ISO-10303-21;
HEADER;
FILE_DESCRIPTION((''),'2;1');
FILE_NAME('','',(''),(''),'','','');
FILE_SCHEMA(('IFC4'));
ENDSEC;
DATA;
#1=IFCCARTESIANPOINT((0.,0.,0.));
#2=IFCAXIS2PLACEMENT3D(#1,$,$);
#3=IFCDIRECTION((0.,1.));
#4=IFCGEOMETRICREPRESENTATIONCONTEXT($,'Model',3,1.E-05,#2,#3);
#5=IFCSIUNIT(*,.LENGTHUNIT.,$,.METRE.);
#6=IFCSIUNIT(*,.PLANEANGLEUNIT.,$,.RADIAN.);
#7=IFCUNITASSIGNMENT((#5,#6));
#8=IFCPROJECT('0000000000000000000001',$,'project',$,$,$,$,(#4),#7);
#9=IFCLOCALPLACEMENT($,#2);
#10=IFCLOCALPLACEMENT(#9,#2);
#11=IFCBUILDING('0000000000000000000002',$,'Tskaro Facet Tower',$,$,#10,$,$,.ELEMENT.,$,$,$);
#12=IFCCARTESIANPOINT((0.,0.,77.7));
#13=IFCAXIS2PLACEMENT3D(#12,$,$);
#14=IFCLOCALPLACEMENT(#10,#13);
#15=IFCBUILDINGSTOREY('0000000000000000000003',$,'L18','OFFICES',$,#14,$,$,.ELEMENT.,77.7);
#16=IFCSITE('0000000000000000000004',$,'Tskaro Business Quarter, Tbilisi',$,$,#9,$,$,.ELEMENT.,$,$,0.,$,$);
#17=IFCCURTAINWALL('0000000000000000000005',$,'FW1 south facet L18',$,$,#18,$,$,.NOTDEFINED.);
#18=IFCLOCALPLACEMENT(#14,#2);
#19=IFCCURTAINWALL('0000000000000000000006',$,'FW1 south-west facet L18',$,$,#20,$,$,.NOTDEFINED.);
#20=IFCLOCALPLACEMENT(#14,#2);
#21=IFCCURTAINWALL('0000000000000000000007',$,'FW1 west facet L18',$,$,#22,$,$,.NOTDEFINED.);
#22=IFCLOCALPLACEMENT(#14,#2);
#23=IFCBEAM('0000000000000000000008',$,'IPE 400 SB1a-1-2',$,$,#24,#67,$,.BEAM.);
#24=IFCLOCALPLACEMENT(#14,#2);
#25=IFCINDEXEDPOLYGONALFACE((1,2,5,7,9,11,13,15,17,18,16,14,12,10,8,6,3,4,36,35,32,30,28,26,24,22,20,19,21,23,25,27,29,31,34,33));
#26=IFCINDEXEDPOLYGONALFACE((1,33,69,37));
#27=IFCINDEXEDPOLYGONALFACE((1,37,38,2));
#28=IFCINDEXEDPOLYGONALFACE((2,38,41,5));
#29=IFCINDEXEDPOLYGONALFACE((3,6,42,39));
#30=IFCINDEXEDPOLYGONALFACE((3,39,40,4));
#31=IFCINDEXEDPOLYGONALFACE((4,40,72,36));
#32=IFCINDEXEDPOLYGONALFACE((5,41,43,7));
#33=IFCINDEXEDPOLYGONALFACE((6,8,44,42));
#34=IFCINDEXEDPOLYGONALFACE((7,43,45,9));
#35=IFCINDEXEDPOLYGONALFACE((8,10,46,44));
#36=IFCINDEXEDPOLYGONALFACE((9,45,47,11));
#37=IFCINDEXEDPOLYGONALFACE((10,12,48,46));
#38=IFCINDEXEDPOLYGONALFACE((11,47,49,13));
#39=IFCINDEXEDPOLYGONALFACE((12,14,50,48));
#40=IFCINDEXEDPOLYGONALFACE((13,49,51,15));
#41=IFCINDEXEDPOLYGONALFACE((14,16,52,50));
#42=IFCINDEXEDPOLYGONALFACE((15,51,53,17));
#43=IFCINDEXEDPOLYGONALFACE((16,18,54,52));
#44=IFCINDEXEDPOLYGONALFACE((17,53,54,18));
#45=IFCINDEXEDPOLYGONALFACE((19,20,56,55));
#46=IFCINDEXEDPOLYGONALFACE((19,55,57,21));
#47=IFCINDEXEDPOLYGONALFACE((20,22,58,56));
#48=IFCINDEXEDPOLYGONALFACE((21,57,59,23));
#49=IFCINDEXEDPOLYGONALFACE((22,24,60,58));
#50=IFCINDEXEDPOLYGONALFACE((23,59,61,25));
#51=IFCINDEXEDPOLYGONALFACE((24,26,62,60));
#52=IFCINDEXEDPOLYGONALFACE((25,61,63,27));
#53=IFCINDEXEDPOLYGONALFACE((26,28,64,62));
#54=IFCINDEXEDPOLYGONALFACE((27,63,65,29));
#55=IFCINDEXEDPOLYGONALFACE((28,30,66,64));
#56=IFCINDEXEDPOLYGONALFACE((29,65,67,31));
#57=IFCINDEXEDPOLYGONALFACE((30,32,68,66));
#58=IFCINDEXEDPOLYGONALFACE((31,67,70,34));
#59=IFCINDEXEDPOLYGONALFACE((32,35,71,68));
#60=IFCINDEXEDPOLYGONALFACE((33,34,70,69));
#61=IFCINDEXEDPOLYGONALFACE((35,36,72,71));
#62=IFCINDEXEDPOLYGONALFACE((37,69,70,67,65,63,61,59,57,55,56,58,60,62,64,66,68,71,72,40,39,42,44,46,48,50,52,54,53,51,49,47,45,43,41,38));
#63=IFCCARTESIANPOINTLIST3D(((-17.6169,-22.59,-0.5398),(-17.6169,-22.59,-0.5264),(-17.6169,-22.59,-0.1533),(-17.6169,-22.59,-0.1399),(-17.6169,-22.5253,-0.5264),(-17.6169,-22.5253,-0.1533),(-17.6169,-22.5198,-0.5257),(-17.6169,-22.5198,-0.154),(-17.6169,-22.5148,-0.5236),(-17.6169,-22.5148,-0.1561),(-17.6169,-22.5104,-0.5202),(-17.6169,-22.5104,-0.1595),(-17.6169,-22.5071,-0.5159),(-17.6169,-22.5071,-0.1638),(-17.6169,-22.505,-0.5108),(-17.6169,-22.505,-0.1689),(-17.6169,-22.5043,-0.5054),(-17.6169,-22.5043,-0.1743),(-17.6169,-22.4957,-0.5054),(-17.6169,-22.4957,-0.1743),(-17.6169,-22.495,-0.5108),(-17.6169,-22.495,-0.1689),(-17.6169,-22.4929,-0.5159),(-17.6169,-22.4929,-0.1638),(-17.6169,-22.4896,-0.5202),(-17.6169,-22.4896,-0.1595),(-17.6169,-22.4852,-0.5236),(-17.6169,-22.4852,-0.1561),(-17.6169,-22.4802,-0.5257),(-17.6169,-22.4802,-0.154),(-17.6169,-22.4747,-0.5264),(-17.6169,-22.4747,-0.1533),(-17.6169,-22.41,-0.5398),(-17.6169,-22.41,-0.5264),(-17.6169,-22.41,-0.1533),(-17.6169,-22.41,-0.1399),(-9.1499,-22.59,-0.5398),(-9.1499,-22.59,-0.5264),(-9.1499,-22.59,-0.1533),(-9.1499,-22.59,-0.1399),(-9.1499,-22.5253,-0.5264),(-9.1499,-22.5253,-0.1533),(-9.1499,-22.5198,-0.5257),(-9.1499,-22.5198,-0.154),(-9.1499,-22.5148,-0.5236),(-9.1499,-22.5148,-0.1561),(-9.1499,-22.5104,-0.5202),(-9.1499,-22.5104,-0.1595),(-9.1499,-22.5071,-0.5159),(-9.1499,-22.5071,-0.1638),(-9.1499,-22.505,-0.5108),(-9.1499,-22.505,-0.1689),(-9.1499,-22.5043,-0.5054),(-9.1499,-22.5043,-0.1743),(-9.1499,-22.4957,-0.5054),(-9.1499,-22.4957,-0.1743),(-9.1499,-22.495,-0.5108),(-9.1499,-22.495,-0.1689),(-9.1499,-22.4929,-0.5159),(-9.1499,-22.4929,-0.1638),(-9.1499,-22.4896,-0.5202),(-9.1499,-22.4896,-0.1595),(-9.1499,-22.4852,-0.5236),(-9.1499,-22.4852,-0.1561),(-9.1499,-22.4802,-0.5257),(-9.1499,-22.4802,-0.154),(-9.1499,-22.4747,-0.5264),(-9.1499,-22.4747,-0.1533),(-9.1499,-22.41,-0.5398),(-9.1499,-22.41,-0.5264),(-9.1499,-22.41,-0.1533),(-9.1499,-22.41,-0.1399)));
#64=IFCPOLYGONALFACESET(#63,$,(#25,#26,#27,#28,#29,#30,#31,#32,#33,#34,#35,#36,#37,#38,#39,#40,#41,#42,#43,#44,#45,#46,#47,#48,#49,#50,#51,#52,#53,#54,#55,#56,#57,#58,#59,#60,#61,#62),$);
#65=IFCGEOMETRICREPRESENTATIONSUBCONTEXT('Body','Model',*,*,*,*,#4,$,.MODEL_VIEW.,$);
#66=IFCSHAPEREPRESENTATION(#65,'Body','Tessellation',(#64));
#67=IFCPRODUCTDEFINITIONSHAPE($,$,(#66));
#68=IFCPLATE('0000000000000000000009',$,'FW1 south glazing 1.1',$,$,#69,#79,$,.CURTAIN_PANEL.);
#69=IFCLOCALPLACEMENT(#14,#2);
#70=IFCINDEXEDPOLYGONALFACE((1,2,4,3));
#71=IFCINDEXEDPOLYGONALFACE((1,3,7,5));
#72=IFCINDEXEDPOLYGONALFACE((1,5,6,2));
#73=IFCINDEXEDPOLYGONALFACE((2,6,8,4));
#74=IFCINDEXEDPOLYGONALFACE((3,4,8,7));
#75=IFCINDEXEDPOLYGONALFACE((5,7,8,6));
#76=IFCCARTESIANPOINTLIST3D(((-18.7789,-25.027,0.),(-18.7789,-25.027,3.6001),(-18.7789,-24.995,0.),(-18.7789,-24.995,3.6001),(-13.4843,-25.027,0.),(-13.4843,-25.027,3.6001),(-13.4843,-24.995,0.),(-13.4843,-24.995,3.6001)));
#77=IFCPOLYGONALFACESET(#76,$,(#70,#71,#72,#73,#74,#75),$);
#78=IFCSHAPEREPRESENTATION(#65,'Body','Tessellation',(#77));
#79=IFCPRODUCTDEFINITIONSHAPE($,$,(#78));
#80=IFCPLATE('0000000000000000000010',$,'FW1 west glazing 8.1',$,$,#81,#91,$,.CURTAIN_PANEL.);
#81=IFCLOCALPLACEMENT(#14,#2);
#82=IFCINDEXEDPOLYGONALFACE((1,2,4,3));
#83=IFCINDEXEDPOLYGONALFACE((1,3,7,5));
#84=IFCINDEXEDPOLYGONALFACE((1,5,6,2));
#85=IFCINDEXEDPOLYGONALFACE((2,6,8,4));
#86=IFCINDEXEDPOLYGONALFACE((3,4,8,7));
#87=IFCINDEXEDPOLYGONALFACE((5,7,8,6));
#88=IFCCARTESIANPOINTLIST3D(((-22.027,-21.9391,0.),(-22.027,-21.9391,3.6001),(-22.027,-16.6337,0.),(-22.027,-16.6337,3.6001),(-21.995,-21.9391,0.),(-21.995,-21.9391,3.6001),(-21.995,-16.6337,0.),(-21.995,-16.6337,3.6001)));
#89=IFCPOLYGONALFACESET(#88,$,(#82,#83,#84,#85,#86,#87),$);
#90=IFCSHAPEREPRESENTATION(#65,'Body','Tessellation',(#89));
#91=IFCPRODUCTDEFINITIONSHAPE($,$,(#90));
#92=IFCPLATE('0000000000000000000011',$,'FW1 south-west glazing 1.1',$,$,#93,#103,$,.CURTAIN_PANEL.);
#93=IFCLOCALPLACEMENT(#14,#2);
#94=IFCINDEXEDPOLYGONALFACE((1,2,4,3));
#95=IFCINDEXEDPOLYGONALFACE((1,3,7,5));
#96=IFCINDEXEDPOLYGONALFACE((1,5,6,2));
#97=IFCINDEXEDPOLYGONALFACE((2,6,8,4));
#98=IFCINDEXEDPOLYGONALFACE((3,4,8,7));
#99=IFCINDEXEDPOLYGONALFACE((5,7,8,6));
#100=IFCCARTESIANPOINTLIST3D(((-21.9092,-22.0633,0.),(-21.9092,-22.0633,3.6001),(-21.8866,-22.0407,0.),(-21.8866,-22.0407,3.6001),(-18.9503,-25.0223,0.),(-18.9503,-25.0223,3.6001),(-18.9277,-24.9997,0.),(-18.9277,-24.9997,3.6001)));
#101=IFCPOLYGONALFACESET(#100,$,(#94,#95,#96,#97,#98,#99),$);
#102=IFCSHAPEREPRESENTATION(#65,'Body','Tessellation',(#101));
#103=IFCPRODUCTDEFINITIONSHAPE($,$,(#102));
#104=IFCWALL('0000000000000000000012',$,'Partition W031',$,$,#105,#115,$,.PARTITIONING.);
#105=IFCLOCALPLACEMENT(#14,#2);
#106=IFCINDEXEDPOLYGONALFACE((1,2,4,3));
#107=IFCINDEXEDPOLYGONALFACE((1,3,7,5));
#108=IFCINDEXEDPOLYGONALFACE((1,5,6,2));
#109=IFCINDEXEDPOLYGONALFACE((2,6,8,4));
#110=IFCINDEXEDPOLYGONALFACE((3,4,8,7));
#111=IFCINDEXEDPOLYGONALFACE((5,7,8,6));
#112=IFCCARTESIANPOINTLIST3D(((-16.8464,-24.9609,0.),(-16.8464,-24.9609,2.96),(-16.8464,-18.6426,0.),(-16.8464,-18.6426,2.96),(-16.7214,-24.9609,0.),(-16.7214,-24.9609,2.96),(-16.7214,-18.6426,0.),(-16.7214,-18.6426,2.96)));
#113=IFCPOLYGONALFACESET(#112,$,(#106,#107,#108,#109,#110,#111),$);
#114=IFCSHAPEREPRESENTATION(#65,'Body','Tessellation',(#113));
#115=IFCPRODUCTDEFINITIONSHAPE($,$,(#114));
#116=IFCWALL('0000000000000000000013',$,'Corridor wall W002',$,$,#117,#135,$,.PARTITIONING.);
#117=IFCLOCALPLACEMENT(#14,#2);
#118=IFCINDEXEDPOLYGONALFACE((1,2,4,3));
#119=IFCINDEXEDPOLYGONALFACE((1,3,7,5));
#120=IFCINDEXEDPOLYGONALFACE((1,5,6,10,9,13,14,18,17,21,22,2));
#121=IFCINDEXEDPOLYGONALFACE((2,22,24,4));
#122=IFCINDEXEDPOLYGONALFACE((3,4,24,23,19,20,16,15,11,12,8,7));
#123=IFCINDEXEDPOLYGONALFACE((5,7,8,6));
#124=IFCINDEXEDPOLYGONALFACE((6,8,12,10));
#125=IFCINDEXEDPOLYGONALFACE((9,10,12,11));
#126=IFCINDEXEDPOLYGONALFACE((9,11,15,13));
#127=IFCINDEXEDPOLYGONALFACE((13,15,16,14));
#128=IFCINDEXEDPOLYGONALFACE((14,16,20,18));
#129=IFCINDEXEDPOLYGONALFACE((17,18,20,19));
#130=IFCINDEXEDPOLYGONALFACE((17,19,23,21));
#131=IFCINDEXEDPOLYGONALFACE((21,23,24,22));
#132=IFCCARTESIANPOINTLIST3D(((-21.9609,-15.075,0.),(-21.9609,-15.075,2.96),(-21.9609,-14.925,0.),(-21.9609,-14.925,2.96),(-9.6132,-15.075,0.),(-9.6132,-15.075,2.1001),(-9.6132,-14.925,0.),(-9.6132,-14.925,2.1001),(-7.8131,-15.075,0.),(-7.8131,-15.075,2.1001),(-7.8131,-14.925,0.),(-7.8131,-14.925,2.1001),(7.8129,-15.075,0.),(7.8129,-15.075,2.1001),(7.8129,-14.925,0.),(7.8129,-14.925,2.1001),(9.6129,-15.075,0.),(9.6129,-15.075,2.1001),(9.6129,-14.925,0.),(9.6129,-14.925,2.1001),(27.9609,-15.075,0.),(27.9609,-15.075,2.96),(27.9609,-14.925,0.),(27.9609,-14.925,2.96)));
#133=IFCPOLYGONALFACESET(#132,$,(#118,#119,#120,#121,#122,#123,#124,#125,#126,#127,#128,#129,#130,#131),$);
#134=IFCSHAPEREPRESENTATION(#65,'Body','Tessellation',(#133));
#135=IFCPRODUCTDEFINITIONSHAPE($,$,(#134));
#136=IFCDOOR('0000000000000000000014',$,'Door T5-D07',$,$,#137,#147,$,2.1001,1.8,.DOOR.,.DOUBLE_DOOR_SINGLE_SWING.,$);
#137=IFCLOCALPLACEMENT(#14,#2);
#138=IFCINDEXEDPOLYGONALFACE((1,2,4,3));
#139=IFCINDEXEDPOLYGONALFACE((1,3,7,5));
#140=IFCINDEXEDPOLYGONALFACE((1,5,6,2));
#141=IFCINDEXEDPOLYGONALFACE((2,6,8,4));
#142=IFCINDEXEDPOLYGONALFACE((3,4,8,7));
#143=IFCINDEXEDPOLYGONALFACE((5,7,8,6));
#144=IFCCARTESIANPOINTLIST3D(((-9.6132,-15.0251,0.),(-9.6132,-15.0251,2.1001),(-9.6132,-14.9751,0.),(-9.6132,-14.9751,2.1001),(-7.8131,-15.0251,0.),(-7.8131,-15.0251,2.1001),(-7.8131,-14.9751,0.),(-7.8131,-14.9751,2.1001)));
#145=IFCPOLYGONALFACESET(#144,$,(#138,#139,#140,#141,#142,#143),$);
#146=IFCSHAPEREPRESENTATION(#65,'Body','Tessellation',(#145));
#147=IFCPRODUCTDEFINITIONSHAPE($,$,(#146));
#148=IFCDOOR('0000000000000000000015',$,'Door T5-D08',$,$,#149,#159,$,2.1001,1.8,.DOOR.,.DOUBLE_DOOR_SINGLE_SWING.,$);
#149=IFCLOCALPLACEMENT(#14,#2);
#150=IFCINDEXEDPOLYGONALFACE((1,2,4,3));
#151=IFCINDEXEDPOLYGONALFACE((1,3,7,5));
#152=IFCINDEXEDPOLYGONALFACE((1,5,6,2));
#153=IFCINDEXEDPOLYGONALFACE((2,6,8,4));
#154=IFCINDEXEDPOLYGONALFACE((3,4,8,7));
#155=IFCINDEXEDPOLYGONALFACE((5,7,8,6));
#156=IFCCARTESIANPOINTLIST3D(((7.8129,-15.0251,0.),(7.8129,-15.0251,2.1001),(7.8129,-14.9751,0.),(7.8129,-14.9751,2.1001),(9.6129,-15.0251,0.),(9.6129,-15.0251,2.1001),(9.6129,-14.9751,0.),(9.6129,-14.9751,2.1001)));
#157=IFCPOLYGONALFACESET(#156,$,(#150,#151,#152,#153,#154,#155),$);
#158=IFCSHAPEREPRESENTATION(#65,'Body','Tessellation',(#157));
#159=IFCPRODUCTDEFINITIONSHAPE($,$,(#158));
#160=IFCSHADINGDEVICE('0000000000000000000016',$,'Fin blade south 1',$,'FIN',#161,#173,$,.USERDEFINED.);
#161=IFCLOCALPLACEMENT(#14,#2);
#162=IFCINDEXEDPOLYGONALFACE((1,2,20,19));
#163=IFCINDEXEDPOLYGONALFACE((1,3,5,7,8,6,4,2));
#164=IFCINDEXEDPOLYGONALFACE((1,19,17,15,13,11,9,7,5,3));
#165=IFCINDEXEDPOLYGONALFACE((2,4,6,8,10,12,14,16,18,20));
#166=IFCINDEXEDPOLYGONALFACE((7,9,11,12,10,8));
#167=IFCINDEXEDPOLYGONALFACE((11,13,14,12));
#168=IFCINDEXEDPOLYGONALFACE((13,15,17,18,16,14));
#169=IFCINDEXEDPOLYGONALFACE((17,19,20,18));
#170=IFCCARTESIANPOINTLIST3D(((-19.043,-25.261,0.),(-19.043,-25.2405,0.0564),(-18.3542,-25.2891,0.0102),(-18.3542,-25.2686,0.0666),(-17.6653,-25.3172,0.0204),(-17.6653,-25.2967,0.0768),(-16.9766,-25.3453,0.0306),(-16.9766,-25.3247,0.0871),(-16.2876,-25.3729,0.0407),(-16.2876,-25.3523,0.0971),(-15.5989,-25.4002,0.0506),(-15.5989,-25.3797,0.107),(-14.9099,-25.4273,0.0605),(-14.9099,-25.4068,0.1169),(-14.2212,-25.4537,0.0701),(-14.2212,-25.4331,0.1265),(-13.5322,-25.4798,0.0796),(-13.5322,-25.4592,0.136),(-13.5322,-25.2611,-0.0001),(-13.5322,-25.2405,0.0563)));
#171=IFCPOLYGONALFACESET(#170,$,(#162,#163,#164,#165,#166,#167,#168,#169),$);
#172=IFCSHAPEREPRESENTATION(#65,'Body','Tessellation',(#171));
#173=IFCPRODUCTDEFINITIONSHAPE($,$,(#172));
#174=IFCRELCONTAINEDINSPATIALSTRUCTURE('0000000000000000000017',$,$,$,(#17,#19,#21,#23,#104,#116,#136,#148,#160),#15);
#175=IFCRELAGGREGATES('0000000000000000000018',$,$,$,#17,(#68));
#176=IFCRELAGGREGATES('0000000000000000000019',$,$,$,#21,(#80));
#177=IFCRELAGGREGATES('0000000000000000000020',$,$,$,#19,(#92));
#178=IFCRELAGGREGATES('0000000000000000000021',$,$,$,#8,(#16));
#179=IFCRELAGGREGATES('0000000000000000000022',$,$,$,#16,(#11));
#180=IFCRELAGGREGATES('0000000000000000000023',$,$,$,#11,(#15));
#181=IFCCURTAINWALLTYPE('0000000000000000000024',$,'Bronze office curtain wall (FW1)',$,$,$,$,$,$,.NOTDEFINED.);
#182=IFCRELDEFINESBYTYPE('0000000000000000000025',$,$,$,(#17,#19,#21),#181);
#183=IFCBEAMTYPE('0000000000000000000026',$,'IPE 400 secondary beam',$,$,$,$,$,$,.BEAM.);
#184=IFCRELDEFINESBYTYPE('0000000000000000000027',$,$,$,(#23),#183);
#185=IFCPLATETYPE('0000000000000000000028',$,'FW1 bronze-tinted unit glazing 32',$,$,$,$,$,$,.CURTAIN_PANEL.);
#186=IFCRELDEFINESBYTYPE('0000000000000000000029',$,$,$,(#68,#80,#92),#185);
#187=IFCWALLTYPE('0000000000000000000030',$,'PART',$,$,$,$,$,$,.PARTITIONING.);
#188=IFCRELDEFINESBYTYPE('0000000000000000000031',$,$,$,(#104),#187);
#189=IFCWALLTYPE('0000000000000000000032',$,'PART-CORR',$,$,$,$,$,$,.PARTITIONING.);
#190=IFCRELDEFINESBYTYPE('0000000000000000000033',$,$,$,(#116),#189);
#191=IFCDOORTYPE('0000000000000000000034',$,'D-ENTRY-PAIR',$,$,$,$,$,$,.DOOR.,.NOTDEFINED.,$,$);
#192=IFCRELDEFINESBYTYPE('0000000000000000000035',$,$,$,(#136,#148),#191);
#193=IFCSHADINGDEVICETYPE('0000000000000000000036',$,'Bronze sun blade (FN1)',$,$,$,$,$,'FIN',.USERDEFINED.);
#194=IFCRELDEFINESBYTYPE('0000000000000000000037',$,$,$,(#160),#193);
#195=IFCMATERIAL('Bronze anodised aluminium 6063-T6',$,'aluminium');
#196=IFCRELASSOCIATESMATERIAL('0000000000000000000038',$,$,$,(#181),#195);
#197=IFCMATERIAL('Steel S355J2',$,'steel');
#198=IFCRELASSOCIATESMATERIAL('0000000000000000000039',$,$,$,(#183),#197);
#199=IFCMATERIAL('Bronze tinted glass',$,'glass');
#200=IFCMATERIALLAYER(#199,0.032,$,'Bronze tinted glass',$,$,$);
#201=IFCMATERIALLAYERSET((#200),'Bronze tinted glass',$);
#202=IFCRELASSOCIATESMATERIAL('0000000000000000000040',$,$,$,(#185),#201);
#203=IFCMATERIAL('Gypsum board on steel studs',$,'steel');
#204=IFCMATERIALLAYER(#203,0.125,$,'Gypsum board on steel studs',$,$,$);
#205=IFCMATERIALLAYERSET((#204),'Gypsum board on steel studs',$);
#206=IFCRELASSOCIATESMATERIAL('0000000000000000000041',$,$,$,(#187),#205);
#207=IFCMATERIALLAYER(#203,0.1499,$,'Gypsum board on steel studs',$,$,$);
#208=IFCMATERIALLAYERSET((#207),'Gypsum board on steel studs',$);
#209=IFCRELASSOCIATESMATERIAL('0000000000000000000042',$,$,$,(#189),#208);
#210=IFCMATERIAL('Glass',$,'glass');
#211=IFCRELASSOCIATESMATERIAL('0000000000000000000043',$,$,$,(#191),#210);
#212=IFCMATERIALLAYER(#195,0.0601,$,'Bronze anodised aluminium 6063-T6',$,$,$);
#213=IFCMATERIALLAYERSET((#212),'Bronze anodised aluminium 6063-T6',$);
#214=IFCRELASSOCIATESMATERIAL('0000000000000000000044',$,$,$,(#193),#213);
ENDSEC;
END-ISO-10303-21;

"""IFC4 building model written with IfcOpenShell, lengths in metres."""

from ifc_helpers import new_model, si_unit, direction, frame, frame_2d, origin, origin_2d, place, context, subcontext, project, spatial, polyline, rectangle, i_section, outline, extrude, material, layer, layer_set, material_profile, profile_set, type_object, element, fill, aggregate, save


model = new_model("IFC4")

# Units and contexts
model_context = context("Model", 3, precision=1e-05, world=origin(), true_north=direction((0.0, 1.0)))
body_context = subcontext(model_context, "Body", "Model", "MODEL_VIEW")
ifc_project = project(units=[si_unit("LENGTHUNIT", "METRE"), si_unit("PLANEANGLEUNIT", "RADIAN")], contexts=[model_context])

# Site, building, storey
site_placement = place(None, origin())
site = spatial("IfcSite", under=ifc_project, at=site_placement, Name="Tskaro Business Quarter, Tbilisi", CompositionType="ELEMENT", RefElevation=0.0)
building_placement = place(site_placement, origin())
building = spatial("IfcBuilding", under=site, at=building_placement, Name="Tskaro Facet Tower", CompositionType="ELEMENT")
storey_placement = place(building_placement, frame((0.0, 0.0, 77.7)))
storey = spatial("IfcBuildingStorey", under=building, at=storey_placement, Name="L18", Description="OFFICES", CompositionType="ELEMENT", Elevation=77.7)

# Curtain walls
ifc_material_1 = material(Name="Bronze anodised aluminium 6063-T6", Category="aluminium")
curtain_wall_type = type_object("IfcCurtainWallType", Name="Bronze office curtain wall (FW1)", PredefinedType="NOTDEFINED", material=ifc_material_1)
curtain_wall_1_placement = place(storey_placement, origin())
curtain_wall_1 = element("IfcCurtainWall", 1, at=curtain_wall_1_placement, inside=storey, type_object=curtain_wall_type, Name="FW1 south facet L18", PredefinedType="NOTDEFINED")
curtain_wall_2_placement = place(storey_placement, origin())
curtain_wall_2 = element("IfcCurtainWall", 2, at=curtain_wall_2_placement, inside=storey, type_object=curtain_wall_type, Name="FW1 south-west facet L18", PredefinedType="NOTDEFINED")

# Curtain wall
curtain_wall_3_placement = place(storey_placement, origin())
curtain_wall_3 = element("IfcCurtainWall", 3, at=curtain_wall_3_placement, inside=storey, type_object=curtain_wall_type, Name="FW1 west facet L18", PredefinedType="NOTDEFINED")

# Beam
ifc_material_2 = material(Name="Steel S355J2", Category="steel")
ifc_material_profile_1 = material_profile(ifc_material_2, i_section(OverallWidth=0.1799, OverallDepth=0.3999, WebThickness=0.0085, FlangeThickness=0.0134, FilletRadius=0.021, at=origin_2d()), Name="IPE 400")
ifc_profile_set_1 = profile_set([ifc_material_profile_1], Name="Steel S355J2")
beam_type_1 = type_object("IfcBeamType", Name="IPE 400 secondary beam", PredefinedType="BEAM", material=ifc_profile_set_1)
beam_1_placement = place(storey_placement, frame((-17.6169, -22.5, -0.3398), z_axis=(1.0, 0.0, 0.0), x_axis=(0.0, 1.0, 0.0)))
element("IfcBeam", 4, at=beam_1_placement, inside=storey, type_object=beam_type_1, Name="IPE 400 SB1a-1-2", PredefinedType="BEAM", context=body_context, shape_type="SweptSolid", body=[
    extrude(i_section(OverallWidth=0.1799, OverallDepth=0.3999, WebThickness=0.0085, FlangeThickness=0.0134, FilletRadius=0.021, at=origin_2d()), origin(), (0.0, 0.0, 1.0), 8.467),
])

# Plates
ifc_material_3 = material(Name="Bronze tinted glass", Category="glass")
ifc_layer_1 = layer(ifc_material_3, 0.032, Name="Bronze tinted glass")
ifc_layer_set_1 = layer_set([ifc_layer_1], Name="Bronze tinted glass")
plate_type = type_object("IfcPlateType", Name="FW1 bronze-tinted unit glazing 32", PredefinedType="CURTAIN_PANEL", material=ifc_layer_set_1)
plate_1_placement = place(storey_placement, frame((-16.1316, -25.011, 0.0), z_axis=(0.0, 0.0, 1.0), x_axis=(1.0, 0.0, 0.0)))
plate_1 = element("IfcPlate", 5, at=plate_1_placement, type_object=plate_type, Name="FW1 south glazing 1.1", PredefinedType="CURTAIN_PANEL", context=body_context, shape_type="SweptSolid", body=[
    extrude(rectangle(XDim=5.2947, YDim=0.032, at=origin_2d()), origin(), (0.0, 0.0, 1.0), 3.6001),
])
aggregate(curtain_wall_1, [plate_1])
plate_2_placement = place(storey_placement, frame((-22.011, -19.2864, 0.0), z_axis=(0.0, 0.0, 1.0), x_axis=(0.0, -1.0, 0.0)))
plate_2 = element("IfcPlate", 6, at=plate_2_placement, type_object=plate_type, Name="FW1 west glazing 8.1", PredefinedType="CURTAIN_PANEL", context=body_context, shape_type="SweptSolid", body=[
    extrude(rectangle(XDim=5.3054, YDim=0.032, at=origin_2d()), origin(), (0.0, 0.0, 1.0), 3.6001),
])
aggregate(curtain_wall_3, [plate_2])
plate_3_placement = place(storey_placement, frame((-20.4185, -23.5315, 0.0), z_axis=(0.0, 0.0, 1.0), x_axis=(0.707107, -0.707107, 0.0)))
plate_3 = element("IfcPlate", 7, at=plate_3_placement, type_object=plate_type, Name="FW1 south-west glazing 1.1", PredefinedType="CURTAIN_PANEL", context=body_context, shape_type="SweptSolid", body=[
    extrude(rectangle(XDim=4.1846, YDim=0.032, at=origin_2d()), origin(), (0.0, 0.0, 1.0), 3.6001),
])
aggregate(curtain_wall_2, [plate_3])

# Wall
ifc_material_4 = material(Name="Gypsum board on steel studs", Category="steel")
ifc_layer_2 = layer(ifc_material_4, 0.125, Name="Gypsum board on steel studs")
ifc_layer_set_2 = layer_set([ifc_layer_2], Name="Gypsum board on steel studs")
wall_type_1 = type_object("IfcWallType", Name="PART", PredefinedType="PARTITIONING", material=ifc_layer_set_2)
wall_1_placement = place(storey_placement, frame((-16.7839, -24.9609, 0.0), z_axis=(0.0, 0.0, 1.0), x_axis=(0.0, 1.0, 0.0)))
element("IfcWall", 8, at=wall_1_placement, inside=storey, type_object=wall_type_1, Name="Partition W031", PredefinedType="PARTITIONING", context=body_context, shape_type="SweptSolid", body=[
    extrude(rectangle(XDim=6.3184, YDim=0.125, at=frame_2d((3.1592, 0.0))), origin(), (0.0, 0.0, 1.0), 2.96),
])

# Wall, openings, doors
ifc_layer_3 = layer(ifc_material_4, 0.1499, Name="Gypsum board on steel studs")
ifc_layer_set_3 = layer_set([ifc_layer_3], Name="Gypsum board on steel studs")
wall_type_2 = type_object("IfcWallType", Name="PART-CORR", PredefinedType="PARTITIONING", material=ifc_layer_set_3)
wall_2_placement = place(storey_placement, frame((-21.9609, -15.0, 0.0), z_axis=(0.0, 0.0, 1.0), x_axis=(1.0, 0.0, 0.0)))
wall_2 = element("IfcWall", 9, at=wall_2_placement, inside=storey, type_object=wall_type_2, Name="Corridor wall W002", PredefinedType="PARTITIONING", context=body_context, shape_type="SweptSolid", body=[
    extrude(rectangle(XDim=49.9219, YDim=0.1499, at=frame_2d((24.9609, 0.0))), origin(), (0.0, 0.0, 1.0), 2.96),
])
opening_1_placement = place(wall_2_placement, frame((12.3479, 0.0, 0.0)))
opening_1 = element("IfcOpeningElement", 10, at=opening_1_placement, cuts=wall_2, PredefinedType="OPENING", context=body_context, shape_type="SweptSolid", body=[
    extrude(rectangle(XDim=1.8, YDim=2.1001, at=frame_2d((0.8999, 1.05))), frame((0.0, 0.085, 0.0), z_axis=(0.0, -1.0, 0.0), x_axis=(1.0, 0.0, 0.0)), (0.0, 0.0, 1.0), 0.1699),
])
opening_2_placement = place(wall_2_placement, frame((29.7739, 0.0, 0.0)))
opening_2 = element("IfcOpeningElement", 11, at=opening_2_placement, cuts=wall_2, PredefinedType="OPENING", context=body_context, shape_type="SweptSolid", body=[
    extrude(rectangle(XDim=1.8, YDim=2.1001, at=frame_2d((0.8999, 1.05))), frame((0.0, 0.085, 0.0), z_axis=(0.0, -1.0, 0.0), x_axis=(1.0, 0.0, 0.0)), (0.0, 0.0, 1.0), 0.1699),
])
ifc_material_5 = material(Name="Glass", Category="glass")
door_type = type_object("IfcDoorType", Name="D-ENTRY-PAIR", OperationType="NOTDEFINED", PredefinedType="DOOR", material=ifc_material_5)
door_1_placement = place(opening_1_placement, origin())
door_1 = element("IfcDoor", 12, at=door_1_placement, inside=storey, type_object=door_type, Name="Door T5-D07", OperationType="DOUBLE_DOOR_SINGLE_SWING", OverallHeight=2.1001, OverallWidth=1.8, PredefinedType="DOOR", context=body_context, shape_type="SweptSolid", body=[
    extrude(rectangle(XDim=1.8, YDim=2.1001, at=frame_2d((0.8999, 1.05))), frame((0.0, 0.0249, 0.0), z_axis=(0.0, -1.0, 0.0), x_axis=(1.0, 0.0, 0.0)), (0.0, 0.0, 1.0), 0.05),
])
fill(opening_1, door_1)
door_2_placement = place(opening_2_placement, origin())
door_2 = element("IfcDoor", 13, at=door_2_placement, inside=storey, type_object=door_type, Name="Door T5-D08", OperationType="DOUBLE_DOOR_SINGLE_SWING", OverallHeight=2.1001, OverallWidth=1.8, PredefinedType="DOOR", context=body_context, shape_type="SweptSolid", body=[
    extrude(rectangle(XDim=1.8, YDim=2.1001, at=frame_2d((0.8999, 1.05))), frame((0.0, 0.0249, 0.0), z_axis=(0.0, -1.0, 0.0), x_axis=(1.0, 0.0, 0.0)), (0.0, 0.0, 1.0), 0.05),
])
fill(opening_2, door_2)

# Shading device
ifc_layer_4 = layer(ifc_material_1, 0.0601, Name="Bronze anodised aluminium 6063-T6")
ifc_layer_set_4 = layer_set([ifc_layer_4], Name="Bronze anodised aluminium 6063-T6")
shading_device_type = type_object("IfcShadingDeviceType", Name="Bronze sun blade (FN1)", ElementType="FIN", PredefinedType="USERDEFINED", material=ifc_layer_set_4)
shading_device_1_placement = place(storey_placement, frame((-19.043, -25.2405, 0.0564), z_axis=(0.000022, 0.342386, 0.939559), x_axis=(1.0, -0.000007, -0.00002)))
element("IfcShadingDevice", 14, at=shading_device_1_placement, inside=storey, type_object=shading_device_type, Name="Fin blade south 1", ObjectType="FIN", PredefinedType="USERDEFINED", context=body_context, shape_type="SweptSolid", body=[
    extrude(outline(polyline([(0.0, 0.0), (5.5107, 0.0), (5.5107, -0.2328), (4.8218, -0.205), (4.1331, -0.1769), (3.4441, -0.1481), (2.7554, -0.119), (2.0664, -0.0897), (1.3777, -0.0598), (0.6887, -0.0299), (0.0, 0.0)])), origin(), (0.0, 0.0, -1.0), 0.0601),
])

save(model, "model.ifc")
